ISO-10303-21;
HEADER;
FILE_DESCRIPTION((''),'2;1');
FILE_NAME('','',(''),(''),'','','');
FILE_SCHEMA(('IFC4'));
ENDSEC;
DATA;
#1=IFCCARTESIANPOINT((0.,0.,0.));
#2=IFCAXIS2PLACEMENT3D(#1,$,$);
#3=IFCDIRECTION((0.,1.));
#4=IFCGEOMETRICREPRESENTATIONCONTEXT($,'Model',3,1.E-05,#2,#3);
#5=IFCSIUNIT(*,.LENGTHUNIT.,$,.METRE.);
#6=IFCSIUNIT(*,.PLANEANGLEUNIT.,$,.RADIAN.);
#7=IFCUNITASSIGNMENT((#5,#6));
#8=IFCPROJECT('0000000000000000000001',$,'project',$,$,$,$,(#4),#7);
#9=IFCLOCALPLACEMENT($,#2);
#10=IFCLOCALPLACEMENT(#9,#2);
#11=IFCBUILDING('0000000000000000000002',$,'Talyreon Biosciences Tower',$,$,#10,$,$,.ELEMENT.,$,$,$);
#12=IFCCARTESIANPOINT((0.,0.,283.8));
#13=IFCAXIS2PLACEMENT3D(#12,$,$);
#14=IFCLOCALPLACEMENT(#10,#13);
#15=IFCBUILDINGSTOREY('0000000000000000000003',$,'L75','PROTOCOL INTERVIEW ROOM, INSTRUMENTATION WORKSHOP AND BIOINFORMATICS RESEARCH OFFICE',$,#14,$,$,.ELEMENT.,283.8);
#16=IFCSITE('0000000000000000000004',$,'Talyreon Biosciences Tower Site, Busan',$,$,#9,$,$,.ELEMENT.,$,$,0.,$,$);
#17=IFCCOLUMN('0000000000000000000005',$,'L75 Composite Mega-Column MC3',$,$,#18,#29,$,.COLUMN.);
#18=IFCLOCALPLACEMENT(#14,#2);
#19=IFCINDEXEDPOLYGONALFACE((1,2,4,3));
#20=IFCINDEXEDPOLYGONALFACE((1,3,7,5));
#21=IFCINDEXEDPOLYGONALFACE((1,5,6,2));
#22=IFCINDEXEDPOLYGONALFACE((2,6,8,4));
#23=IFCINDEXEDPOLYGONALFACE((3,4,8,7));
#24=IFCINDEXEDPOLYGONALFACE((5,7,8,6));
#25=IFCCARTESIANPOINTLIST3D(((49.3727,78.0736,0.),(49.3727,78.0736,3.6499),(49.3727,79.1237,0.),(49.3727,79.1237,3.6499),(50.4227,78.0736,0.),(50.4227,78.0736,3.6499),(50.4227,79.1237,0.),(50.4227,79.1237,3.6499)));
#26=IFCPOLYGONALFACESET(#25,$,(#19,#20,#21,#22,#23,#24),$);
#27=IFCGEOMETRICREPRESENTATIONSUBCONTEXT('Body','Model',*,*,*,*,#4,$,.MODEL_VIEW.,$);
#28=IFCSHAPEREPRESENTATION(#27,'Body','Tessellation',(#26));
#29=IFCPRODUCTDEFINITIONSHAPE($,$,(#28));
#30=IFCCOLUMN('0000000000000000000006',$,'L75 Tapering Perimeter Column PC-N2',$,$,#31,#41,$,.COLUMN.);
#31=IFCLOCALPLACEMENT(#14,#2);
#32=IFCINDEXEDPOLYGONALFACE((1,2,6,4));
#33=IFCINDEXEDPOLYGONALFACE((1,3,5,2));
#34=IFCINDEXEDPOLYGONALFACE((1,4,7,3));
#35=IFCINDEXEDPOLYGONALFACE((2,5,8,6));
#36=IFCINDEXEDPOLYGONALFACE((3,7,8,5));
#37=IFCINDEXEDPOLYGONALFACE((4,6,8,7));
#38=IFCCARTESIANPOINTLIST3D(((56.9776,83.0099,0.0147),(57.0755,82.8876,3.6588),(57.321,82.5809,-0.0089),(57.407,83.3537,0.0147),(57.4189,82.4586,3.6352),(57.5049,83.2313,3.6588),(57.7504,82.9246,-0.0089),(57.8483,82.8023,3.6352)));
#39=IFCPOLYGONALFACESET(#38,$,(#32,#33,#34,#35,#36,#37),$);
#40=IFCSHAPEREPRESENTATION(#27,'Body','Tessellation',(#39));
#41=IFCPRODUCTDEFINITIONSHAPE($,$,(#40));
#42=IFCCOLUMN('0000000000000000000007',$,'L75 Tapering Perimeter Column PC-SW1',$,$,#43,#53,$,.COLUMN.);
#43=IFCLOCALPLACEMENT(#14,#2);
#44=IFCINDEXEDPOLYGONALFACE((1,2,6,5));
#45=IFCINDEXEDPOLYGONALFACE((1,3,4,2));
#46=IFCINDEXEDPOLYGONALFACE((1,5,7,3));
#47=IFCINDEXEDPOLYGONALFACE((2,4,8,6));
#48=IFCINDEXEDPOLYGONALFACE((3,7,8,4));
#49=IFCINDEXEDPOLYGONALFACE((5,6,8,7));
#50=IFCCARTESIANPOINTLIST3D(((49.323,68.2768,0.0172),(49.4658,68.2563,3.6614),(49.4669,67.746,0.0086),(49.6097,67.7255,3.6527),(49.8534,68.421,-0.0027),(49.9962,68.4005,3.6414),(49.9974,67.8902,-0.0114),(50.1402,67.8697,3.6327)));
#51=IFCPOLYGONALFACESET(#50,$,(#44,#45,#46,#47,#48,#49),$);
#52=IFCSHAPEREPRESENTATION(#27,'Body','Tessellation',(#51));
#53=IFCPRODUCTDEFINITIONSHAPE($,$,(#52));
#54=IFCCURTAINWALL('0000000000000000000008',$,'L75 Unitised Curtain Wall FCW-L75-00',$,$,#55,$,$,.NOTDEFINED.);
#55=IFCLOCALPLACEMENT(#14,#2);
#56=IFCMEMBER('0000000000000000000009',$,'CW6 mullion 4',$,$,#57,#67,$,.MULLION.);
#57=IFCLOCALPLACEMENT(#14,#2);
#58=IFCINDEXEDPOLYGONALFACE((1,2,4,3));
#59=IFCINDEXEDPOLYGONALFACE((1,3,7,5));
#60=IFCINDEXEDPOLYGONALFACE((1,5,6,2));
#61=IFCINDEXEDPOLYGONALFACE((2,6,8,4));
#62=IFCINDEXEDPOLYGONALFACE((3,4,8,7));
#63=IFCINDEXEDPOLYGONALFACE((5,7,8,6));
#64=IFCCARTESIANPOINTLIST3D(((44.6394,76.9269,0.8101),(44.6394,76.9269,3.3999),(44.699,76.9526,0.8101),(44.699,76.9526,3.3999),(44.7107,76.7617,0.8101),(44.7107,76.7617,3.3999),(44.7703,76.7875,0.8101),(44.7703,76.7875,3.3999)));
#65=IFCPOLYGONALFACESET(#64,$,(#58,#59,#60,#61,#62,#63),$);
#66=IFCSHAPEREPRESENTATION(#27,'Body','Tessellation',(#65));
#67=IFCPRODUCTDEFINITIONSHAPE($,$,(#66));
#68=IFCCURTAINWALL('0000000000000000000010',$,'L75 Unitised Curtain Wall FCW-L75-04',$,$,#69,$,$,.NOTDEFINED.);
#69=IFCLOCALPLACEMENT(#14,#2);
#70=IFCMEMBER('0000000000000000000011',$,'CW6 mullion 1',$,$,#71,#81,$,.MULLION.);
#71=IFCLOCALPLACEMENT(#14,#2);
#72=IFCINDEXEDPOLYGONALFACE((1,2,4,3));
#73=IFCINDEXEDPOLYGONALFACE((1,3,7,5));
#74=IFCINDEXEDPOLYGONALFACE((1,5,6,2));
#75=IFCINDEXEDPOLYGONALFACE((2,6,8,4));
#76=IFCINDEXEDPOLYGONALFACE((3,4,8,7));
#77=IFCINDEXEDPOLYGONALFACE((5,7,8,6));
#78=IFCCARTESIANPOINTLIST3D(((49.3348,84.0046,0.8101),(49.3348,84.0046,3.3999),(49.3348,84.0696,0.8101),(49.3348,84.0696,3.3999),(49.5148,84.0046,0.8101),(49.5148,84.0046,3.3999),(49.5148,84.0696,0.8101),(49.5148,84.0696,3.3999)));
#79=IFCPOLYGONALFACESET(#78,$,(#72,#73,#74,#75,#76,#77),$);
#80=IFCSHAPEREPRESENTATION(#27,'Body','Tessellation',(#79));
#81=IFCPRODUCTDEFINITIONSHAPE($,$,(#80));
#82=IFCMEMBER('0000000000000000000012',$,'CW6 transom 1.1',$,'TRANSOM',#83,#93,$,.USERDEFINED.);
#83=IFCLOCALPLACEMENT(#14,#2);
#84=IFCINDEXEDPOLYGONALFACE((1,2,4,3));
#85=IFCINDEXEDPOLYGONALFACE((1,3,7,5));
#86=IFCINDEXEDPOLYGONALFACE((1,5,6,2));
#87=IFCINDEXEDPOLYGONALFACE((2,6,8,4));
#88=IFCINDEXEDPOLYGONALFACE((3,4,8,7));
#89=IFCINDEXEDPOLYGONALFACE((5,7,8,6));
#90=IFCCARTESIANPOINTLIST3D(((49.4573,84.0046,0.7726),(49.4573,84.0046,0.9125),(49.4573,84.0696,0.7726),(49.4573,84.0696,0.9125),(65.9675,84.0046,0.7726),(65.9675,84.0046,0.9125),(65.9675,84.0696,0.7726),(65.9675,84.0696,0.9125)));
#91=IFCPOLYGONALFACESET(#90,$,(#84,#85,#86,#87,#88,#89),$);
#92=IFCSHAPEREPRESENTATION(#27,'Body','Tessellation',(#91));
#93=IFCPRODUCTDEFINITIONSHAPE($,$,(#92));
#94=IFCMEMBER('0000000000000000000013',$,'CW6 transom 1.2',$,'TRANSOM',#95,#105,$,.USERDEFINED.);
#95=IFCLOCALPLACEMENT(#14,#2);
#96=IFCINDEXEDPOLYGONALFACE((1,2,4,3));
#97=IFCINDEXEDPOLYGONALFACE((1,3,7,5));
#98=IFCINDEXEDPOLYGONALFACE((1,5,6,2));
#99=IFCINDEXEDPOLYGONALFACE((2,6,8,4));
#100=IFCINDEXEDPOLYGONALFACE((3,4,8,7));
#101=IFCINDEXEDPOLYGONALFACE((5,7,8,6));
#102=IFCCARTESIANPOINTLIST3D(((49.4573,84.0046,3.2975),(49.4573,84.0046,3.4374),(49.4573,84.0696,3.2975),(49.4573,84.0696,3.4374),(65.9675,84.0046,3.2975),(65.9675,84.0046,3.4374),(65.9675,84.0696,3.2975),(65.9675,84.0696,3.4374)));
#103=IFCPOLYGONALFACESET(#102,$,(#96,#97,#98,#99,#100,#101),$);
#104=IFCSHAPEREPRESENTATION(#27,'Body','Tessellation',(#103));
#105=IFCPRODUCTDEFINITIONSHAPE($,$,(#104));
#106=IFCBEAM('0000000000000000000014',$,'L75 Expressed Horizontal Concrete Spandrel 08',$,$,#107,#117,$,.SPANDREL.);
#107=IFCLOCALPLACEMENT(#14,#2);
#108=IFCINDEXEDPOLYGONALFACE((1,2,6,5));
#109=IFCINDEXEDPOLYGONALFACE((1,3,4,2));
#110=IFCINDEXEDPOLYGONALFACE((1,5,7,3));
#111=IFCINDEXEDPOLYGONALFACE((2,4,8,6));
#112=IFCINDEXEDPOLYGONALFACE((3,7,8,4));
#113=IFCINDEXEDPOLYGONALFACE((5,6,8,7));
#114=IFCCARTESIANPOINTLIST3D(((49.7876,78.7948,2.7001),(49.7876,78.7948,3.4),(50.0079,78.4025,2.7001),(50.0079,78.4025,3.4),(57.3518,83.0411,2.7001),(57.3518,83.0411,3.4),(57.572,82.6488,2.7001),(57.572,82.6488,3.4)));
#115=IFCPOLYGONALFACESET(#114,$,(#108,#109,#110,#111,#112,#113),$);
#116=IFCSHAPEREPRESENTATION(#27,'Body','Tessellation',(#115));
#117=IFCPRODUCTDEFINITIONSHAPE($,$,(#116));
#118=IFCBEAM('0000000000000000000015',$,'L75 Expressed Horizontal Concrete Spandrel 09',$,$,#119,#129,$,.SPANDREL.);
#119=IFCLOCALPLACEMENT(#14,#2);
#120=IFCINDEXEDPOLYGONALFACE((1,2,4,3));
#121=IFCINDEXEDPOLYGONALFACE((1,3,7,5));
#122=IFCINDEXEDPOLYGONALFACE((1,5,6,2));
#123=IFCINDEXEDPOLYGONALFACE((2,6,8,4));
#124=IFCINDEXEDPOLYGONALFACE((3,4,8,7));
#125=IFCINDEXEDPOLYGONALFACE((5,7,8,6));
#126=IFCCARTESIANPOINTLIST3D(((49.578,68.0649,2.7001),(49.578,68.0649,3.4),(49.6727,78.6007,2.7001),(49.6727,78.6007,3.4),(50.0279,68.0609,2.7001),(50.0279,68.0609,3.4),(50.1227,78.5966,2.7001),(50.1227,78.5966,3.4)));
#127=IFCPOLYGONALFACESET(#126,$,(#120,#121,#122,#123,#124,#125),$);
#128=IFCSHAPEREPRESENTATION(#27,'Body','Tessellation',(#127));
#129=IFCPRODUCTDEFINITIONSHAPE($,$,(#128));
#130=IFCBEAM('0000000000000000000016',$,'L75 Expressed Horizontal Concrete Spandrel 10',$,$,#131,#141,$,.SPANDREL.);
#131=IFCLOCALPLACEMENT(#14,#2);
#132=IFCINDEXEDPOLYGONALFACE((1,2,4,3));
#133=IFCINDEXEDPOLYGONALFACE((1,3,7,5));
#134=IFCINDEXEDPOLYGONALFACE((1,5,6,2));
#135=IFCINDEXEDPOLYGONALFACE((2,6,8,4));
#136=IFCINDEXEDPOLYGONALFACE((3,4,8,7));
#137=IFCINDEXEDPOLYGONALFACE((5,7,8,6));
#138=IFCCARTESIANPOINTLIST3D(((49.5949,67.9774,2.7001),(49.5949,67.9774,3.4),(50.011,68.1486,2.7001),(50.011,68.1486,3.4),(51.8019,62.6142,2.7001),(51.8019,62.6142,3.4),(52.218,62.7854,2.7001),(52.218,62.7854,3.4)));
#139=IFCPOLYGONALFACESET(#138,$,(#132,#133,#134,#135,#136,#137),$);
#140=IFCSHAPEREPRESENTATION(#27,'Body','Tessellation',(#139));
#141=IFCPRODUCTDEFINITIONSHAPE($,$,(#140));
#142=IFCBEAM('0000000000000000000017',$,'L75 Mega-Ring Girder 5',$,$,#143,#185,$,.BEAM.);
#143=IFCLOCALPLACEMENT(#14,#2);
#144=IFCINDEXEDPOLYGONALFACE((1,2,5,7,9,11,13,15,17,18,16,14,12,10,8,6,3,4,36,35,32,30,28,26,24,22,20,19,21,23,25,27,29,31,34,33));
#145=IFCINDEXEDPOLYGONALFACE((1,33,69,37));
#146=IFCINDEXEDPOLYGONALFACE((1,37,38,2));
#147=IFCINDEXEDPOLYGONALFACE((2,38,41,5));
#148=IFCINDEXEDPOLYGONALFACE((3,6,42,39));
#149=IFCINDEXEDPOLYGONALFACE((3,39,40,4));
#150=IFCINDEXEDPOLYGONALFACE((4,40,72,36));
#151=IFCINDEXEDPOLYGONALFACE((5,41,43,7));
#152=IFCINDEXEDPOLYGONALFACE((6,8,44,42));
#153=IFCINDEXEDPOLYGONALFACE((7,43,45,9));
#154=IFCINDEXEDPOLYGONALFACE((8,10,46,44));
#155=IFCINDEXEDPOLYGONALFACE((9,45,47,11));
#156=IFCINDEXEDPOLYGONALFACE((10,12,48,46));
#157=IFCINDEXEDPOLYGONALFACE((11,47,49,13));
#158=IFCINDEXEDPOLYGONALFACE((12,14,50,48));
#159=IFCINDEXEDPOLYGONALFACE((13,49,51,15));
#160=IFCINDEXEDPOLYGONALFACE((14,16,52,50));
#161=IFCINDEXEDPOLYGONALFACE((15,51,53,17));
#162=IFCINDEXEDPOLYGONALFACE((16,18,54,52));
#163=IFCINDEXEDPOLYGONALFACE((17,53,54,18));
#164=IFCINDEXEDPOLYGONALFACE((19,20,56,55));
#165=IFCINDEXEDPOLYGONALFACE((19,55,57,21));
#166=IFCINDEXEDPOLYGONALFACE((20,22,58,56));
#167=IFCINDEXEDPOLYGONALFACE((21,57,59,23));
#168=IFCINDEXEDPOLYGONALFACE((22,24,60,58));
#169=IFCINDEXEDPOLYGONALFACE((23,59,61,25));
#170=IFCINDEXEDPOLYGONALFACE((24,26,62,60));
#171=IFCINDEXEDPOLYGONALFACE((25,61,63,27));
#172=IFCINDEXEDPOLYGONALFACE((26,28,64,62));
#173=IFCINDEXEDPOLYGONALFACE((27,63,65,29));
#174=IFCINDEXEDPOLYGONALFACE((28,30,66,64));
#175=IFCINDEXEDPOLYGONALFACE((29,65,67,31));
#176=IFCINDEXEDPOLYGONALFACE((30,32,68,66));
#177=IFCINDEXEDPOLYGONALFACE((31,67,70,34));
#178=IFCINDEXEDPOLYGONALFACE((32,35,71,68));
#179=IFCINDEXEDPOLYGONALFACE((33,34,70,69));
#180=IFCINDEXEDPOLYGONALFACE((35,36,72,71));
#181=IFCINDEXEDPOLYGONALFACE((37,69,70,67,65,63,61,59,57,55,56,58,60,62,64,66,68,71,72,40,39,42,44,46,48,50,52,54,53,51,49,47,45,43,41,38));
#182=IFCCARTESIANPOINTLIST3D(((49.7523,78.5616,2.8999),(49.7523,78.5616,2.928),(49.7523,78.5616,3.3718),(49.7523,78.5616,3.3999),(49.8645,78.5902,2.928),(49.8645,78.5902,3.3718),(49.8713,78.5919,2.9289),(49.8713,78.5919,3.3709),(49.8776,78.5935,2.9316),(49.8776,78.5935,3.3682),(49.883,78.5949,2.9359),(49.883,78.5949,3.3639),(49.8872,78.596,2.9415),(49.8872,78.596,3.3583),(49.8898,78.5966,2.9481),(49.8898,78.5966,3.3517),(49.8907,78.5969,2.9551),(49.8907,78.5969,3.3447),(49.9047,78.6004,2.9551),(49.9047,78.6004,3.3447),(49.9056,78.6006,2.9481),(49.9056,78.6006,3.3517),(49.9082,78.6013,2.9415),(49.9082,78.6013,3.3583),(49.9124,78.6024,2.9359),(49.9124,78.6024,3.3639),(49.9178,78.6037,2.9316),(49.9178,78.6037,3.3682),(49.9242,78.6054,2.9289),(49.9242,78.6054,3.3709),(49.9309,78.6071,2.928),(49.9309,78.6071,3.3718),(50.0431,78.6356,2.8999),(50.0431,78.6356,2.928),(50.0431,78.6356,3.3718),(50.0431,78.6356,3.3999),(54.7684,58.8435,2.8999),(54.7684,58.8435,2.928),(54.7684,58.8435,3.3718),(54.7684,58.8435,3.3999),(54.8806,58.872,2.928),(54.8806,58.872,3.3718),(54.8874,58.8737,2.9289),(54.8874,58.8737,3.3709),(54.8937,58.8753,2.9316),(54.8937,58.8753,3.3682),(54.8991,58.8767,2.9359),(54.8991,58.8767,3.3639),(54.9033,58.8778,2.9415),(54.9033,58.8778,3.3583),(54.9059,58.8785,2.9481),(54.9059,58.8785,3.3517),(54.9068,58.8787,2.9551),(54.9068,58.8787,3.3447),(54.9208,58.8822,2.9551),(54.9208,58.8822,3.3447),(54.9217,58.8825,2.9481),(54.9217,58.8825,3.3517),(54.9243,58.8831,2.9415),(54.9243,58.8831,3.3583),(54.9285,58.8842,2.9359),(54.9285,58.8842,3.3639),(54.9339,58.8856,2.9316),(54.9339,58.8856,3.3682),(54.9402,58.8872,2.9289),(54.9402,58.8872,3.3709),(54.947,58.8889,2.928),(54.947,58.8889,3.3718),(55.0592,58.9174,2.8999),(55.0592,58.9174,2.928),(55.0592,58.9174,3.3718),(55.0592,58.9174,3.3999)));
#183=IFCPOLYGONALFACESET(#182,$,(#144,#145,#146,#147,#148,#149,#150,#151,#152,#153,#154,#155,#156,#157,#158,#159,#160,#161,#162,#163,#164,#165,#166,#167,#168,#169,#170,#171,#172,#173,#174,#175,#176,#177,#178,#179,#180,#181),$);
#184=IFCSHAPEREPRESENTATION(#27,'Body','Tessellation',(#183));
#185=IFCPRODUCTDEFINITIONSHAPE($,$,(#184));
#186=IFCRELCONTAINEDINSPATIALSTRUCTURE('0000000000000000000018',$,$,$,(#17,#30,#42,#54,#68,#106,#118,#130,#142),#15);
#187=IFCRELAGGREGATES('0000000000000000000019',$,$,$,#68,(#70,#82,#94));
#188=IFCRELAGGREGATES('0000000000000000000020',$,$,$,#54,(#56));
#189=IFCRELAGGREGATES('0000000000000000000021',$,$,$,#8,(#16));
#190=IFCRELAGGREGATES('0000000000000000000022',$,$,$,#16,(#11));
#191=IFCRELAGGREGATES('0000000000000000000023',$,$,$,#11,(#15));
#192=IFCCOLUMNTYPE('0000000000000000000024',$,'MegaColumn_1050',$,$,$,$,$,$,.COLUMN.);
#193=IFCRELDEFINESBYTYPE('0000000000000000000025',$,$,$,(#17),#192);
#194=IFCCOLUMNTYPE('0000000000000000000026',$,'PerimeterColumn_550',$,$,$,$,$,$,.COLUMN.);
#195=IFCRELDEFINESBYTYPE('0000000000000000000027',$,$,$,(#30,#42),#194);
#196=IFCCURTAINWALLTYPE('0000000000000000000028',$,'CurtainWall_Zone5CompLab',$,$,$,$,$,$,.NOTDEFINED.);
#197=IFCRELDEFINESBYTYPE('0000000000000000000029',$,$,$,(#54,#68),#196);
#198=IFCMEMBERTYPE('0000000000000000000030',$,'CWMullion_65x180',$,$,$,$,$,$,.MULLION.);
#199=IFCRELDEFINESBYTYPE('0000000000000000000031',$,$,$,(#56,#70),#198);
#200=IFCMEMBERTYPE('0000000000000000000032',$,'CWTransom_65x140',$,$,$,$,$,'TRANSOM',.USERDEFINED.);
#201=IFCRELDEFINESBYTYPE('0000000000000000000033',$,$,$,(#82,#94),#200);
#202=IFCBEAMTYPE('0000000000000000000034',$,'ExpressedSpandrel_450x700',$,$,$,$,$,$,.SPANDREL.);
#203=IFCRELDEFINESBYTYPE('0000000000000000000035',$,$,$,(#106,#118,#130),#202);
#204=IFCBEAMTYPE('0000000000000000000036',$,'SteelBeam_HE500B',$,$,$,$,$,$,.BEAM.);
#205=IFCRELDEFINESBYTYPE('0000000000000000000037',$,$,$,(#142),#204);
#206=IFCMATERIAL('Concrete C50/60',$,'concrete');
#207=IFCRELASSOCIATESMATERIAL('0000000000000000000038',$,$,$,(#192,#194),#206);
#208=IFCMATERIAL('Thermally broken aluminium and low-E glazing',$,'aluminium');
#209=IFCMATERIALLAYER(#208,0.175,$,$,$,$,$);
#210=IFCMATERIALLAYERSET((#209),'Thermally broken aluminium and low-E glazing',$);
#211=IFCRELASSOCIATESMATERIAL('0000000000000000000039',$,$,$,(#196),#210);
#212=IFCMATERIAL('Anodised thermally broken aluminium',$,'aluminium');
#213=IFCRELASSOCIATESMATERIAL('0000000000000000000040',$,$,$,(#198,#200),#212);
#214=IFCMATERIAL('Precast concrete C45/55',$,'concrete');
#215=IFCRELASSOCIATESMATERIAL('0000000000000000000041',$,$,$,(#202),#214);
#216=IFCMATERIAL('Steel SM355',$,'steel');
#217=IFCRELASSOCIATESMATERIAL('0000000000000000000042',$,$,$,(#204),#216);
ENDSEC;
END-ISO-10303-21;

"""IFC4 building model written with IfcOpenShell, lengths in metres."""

from ifc_helpers import new_model, si_unit, direction, frame, origin, origin_2d, place, context, subcontext, project, spatial, rectangle, i_section, extrude, material, layer, layer_set, material_profile, profile_set, type_object, element, aggregate, save


model = new_model("IFC4")

# Units and contexts
model_context = context("Model", 3, precision=1e-05, world=origin(), true_north=direction((0.0, 1.0)))
body_context = subcontext(model_context, "Body", "Model", "MODEL_VIEW")
ifc_project = project(units=[si_unit("LENGTHUNIT", "METRE"), si_unit("PLANEANGLEUNIT", "RADIAN")], contexts=[model_context])

# Site, building, storey
site_placement = place(None, origin())
site = spatial("IfcSite", under=ifc_project, at=site_placement, Name="Talyreon Biosciences Tower Site, Busan", CompositionType="ELEMENT", RefElevation=0.0)
building_placement = place(site_placement, origin())
building = spatial("IfcBuilding", under=site, at=building_placement, Name="Talyreon Biosciences Tower", CompositionType="ELEMENT")
storey_placement = place(building_placement, frame((0.0, 0.0, 283.8)))
storey = spatial("IfcBuildingStorey", under=building, at=storey_placement, Name="L75", Description="PROTOCOL INTERVIEW ROOM, INSTRUMENTATION WORKSHOP AND BIOINFORMATICS RESEARCH OFFICE", CompositionType="ELEMENT", Elevation=283.8)

# Columns
ifc_material_1 = material(Name="Concrete C50/60", Category="concrete")
ifc_material_profile_1 = material_profile(ifc_material_1, rectangle(XDim=1.05, YDim=1.05, at=origin_2d()), Name="RC 1050x1050")
ifc_profile_set_1 = profile_set([ifc_material_profile_1], Name="Concrete C50/60")
column_type_1 = type_object("IfcColumnType", Name="MegaColumn_1050", PredefinedType="COLUMN", material=ifc_profile_set_1)
column_1_placement = place(storey_placement, frame((49.8977, 78.5986, 0.0), z_axis=(0.0, 0.0, 1.0), x_axis=(1.0, 0.0, 0.0)))
element("IfcColumn", 1, at=column_1_placement, inside=storey, type_object=column_type_1, Name="L75 Composite Mega-Column MC3", PredefinedType="COLUMN", context=body_context, shape_type="SweptSolid", body=[
    extrude(rectangle(XDim=1.05, YDim=1.05, at=origin_2d()), origin(), (0.0, 0.0, 1.0), 3.6499),
])
ifc_material_profile_2 = material_profile(ifc_material_1, rectangle(XDim=0.55, YDim=0.55, at=origin_2d()), Name="RC 550x550")
ifc_profile_set_2 = profile_set([ifc_material_profile_2], Name="Concrete C50/60")
column_type_2 = type_object("IfcColumnType", Name="PerimeterColumn_550", PredefinedType="COLUMN", material=ifc_profile_set_2)
column_2_placement = place(storey_placement, frame((57.364, 82.9673, 0.0029), z_axis=(0.026841, -0.033535, 0.999077), x_axis=(-0.780717, -0.624885, 0.0)))
element("IfcColumn", 2, at=column_2_placement, inside=storey, type_object=column_type_2, Name="L75 Tapering Perimeter Column PC-N2", PredefinedType="COLUMN", context=body_context, shape_type="SweptSolid", body=[
    extrude(rectangle(XDim=0.55, YDim=0.55, at=origin_2d()), origin(), (0.0, 0.0, 1.0), 3.6475),
])
column_3_placement = place(storey_placement, frame((49.6602, 68.0835, 0.0029), z_axis=(0.039163, -0.005623, 0.999217), x_axis=(0.964352, 0.262119, -0.036321)))
element("IfcColumn", 3, at=column_3_placement, inside=storey, type_object=column_type_2, Name="L75 Tapering Perimeter Column PC-SW1", PredefinedType="COLUMN", context=body_context, shape_type="SweptSolid", body=[
    extrude(rectangle(XDim=0.55, YDim=0.55, at=origin_2d()), origin(), (0.0, 0.0, 1.0), 3.647),
])

# Curtain wall, member
ifc_material_2 = material(Name="Thermally broken aluminium and low-E glazing", Category="aluminium")
ifc_layer_1 = layer(ifc_material_2, 0.175)
ifc_layer_set_1 = layer_set([ifc_layer_1], Name="Thermally broken aluminium and low-E glazing")
curtain_wall_type = type_object("IfcCurtainWallType", Name="CurtainWall_Zone5CompLab", PredefinedType="NOTDEFINED", material=ifc_layer_set_1)
curtain_wall_1_placement = place(storey_placement, origin())
curtain_wall_1 = element("IfcCurtainWall", 4, at=curtain_wall_1_placement, inside=storey, type_object=curtain_wall_type, Name="L75 Unitised Curtain Wall FCW-L75-00", PredefinedType="NOTDEFINED")
ifc_material_3 = material(Name="Anodised thermally broken aluminium", Category="aluminium")
ifc_material_profile_3 = material_profile(ifc_material_3, rectangle(XDim=0.0649, YDim=0.1799, at=origin_2d()), Name="ALUM MULLION 65x180")
ifc_profile_set_3 = profile_set([ifc_material_profile_3], Name="Anodised thermally broken aluminium")
member_type_1 = type_object("IfcMemberType", Name="CWMullion_65x180", PredefinedType="MULLION", material=ifc_profile_set_3)
member_1_placement = place(storey_placement, frame((44.7048, 76.8572, 0.8101), z_axis=(0.0, 0.0, 1.0), x_axis=(-0.918022, -0.396528, 0.0)))
member_1 = element("IfcMember", 5, at=member_1_placement, type_object=member_type_1, Name="CW6 mullion 4", PredefinedType="MULLION", context=body_context, shape_type="SweptSolid", body=[
    extrude(rectangle(XDim=0.0649, YDim=0.1799, at=origin_2d()), origin(), (0.0, 0.0, 1.0), 2.5898),
])

# Curtain wall, members
curtain_wall_2_placement = place(storey_placement, origin())
curtain_wall_2 = element("IfcCurtainWall", 6, at=curtain_wall_2_placement, inside=storey, type_object=curtain_wall_type, Name="L75 Unitised Curtain Wall FCW-L75-04", PredefinedType="NOTDEFINED")
member_2_placement = place(storey_placement, frame((49.4248, 84.0371, 0.8101), z_axis=(0.0, 0.0, 1.0), x_axis=(0.0, 1.0, 0.0)))
member_2 = element("IfcMember", 7, at=member_2_placement, type_object=member_type_1, Name="CW6 mullion 1", PredefinedType="MULLION", context=body_context, shape_type="SweptSolid", body=[
    extrude(rectangle(XDim=0.0649, YDim=0.1799, at=origin_2d()), origin(), (0.0, 0.0, 1.0), 2.5898),
])
ifc_material_profile_4 = material_profile(ifc_material_3, rectangle(XDim=0.0649, YDim=0.1399, at=origin_2d()), Name="ALUM TRANSOM 65x140")
ifc_profile_set_4 = profile_set([ifc_material_profile_4], Name="Anodised thermally broken aluminium")
member_type_2 = type_object("IfcMemberType", Name="CWTransom_65x140", ElementType="TRANSOM", PredefinedType="USERDEFINED", material=ifc_profile_set_4)
member_3_placement = place(storey_placement, frame((49.4573, 84.0371, 0.8425), z_axis=(1.0, 0.0, 0.0), x_axis=(0.0, 1.0, 0.0)))
member_3 = element("IfcMember", 8, at=member_3_placement, type_object=member_type_2, Name="CW6 transom 1.1", ObjectType="TRANSOM", PredefinedType="USERDEFINED", context=body_context, shape_type="SweptSolid", body=[
    extrude(rectangle(XDim=0.0649, YDim=0.1399, at=origin_2d()), origin(), (0.0, 0.0, 1.0), 16.5103),
])
member_4_placement = place(storey_placement, frame((49.4573, 84.0371, 3.3674), z_axis=(1.0, 0.0, 0.0), x_axis=(0.0, 1.0, 0.0)))
member_4 = element("IfcMember", 9, at=member_4_placement, type_object=member_type_2, Name="CW6 transom 1.2", ObjectType="TRANSOM", PredefinedType="USERDEFINED", context=body_context, shape_type="SweptSolid", body=[
    extrude(rectangle(XDim=0.0649, YDim=0.1399, at=origin_2d()), origin(), (0.0, 0.0, 1.0), 16.5103),
])
aggregate(curtain_wall_2, [member_2, member_3, member_4])

# Beams
ifc_material_4 = material(Name="Precast concrete C45/55", Category="concrete")
ifc_material_profile_5 = material_profile(ifc_material_4, rectangle(XDim=0.45, YDim=0.7, at=origin_2d()), Name="RCB 450x700")
ifc_profile_set_5 = profile_set([ifc_material_profile_5], Name="Precast concrete C45/55")
beam_type_1 = type_object("IfcBeamType", Name="ExpressedSpandrel_450x700", PredefinedType="SPANDREL", material=ifc_profile_set_5)
beam_1_placement = place(storey_placement, frame((57.4619, 82.845, 3.05), z_axis=(-0.871995, -0.489514, 0.0), x_axis=(0.489514, -0.871995, 0.0)))
element("IfcBeam", 10, at=beam_1_placement, inside=storey, type_object=beam_type_1, Name="L75 Expressed Horizontal Concrete Spandrel 08", PredefinedType="SPANDREL", context=body_context, shape_type="SweptSolid", body=[
    extrude(rectangle(XDim=0.45, YDim=0.7, at=origin_2d()), origin(), (0.0, 0.0, 1.0), 8.6746),
])
beam_2_placement = place(storey_placement, frame((49.8977, 78.5986, 3.05), z_axis=(-0.008991, -0.99996, 0.0), x_axis=(0.99996, -0.008991, 0.0)))
element("IfcBeam", 11, at=beam_2_placement, inside=storey, type_object=beam_type_1, Name="L75 Expressed Horizontal Concrete Spandrel 09", PredefinedType="SPANDREL", context=body_context, shape_type="SweptSolid", body=[
    extrude(rectangle(XDim=0.45, YDim=0.7, at=origin_2d()), origin(), (0.0, 0.0, 1.0), 10.5361),
])
beam_3_placement = place(storey_placement, frame((49.803, 68.063, 3.05), z_axis=(0.380547, -0.924762, 0.0), x_axis=(0.924762, 0.380547, 0.0)))
element("IfcBeam", 12, at=beam_3_placement, inside=storey, type_object=beam_type_1, Name="L75 Expressed Horizontal Concrete Spandrel 10", PredefinedType="SPANDREL", context=body_context, shape_type="SweptSolid", body=[
    extrude(rectangle(XDim=0.45, YDim=0.7, at=origin_2d()), origin(), (0.0, 0.0, 1.0), 5.7996),
])
ifc_material_5 = material(Name="Steel SM355", Category="steel")
ifc_material_profile_6 = material_profile(ifc_material_5, i_section(OverallWidth=0.3, OverallDepth=0.5, WebThickness=0.0144, FlangeThickness=0.0281, FilletRadius=0.0271, at=origin_2d()), Name="HE500B")
ifc_profile_set_6 = profile_set([ifc_material_profile_6], Name="Steel SM355")
beam_type_2 = type_object("IfcBeamType", Name="SteelBeam_HE500B", PredefinedType="BEAM", material=ifc_profile_set_6)
beam_4_placement = place(storey_placement, frame((49.8977, 78.5986, 3.1499), z_axis=(0.246537, -0.969133, 0.0), x_axis=(0.969133, 0.246537, 0.0)))
element("IfcBeam", 13, at=beam_4_placement, inside=storey, type_object=beam_type_2, Name="L75 Mega-Ring Girder 5", PredefinedType="BEAM", context=body_context, shape_type="SweptSolid", body=[
    extrude(i_section(OverallWidth=0.3, OverallDepth=0.5, WebThickness=0.0144, FlangeThickness=0.0281, FilletRadius=0.0271, at=origin_2d()), origin(), (0.0, 0.0, 1.0), 20.3462),
])

aggregate(curtain_wall_1, [member_1])

save(model, "model.ifc")
